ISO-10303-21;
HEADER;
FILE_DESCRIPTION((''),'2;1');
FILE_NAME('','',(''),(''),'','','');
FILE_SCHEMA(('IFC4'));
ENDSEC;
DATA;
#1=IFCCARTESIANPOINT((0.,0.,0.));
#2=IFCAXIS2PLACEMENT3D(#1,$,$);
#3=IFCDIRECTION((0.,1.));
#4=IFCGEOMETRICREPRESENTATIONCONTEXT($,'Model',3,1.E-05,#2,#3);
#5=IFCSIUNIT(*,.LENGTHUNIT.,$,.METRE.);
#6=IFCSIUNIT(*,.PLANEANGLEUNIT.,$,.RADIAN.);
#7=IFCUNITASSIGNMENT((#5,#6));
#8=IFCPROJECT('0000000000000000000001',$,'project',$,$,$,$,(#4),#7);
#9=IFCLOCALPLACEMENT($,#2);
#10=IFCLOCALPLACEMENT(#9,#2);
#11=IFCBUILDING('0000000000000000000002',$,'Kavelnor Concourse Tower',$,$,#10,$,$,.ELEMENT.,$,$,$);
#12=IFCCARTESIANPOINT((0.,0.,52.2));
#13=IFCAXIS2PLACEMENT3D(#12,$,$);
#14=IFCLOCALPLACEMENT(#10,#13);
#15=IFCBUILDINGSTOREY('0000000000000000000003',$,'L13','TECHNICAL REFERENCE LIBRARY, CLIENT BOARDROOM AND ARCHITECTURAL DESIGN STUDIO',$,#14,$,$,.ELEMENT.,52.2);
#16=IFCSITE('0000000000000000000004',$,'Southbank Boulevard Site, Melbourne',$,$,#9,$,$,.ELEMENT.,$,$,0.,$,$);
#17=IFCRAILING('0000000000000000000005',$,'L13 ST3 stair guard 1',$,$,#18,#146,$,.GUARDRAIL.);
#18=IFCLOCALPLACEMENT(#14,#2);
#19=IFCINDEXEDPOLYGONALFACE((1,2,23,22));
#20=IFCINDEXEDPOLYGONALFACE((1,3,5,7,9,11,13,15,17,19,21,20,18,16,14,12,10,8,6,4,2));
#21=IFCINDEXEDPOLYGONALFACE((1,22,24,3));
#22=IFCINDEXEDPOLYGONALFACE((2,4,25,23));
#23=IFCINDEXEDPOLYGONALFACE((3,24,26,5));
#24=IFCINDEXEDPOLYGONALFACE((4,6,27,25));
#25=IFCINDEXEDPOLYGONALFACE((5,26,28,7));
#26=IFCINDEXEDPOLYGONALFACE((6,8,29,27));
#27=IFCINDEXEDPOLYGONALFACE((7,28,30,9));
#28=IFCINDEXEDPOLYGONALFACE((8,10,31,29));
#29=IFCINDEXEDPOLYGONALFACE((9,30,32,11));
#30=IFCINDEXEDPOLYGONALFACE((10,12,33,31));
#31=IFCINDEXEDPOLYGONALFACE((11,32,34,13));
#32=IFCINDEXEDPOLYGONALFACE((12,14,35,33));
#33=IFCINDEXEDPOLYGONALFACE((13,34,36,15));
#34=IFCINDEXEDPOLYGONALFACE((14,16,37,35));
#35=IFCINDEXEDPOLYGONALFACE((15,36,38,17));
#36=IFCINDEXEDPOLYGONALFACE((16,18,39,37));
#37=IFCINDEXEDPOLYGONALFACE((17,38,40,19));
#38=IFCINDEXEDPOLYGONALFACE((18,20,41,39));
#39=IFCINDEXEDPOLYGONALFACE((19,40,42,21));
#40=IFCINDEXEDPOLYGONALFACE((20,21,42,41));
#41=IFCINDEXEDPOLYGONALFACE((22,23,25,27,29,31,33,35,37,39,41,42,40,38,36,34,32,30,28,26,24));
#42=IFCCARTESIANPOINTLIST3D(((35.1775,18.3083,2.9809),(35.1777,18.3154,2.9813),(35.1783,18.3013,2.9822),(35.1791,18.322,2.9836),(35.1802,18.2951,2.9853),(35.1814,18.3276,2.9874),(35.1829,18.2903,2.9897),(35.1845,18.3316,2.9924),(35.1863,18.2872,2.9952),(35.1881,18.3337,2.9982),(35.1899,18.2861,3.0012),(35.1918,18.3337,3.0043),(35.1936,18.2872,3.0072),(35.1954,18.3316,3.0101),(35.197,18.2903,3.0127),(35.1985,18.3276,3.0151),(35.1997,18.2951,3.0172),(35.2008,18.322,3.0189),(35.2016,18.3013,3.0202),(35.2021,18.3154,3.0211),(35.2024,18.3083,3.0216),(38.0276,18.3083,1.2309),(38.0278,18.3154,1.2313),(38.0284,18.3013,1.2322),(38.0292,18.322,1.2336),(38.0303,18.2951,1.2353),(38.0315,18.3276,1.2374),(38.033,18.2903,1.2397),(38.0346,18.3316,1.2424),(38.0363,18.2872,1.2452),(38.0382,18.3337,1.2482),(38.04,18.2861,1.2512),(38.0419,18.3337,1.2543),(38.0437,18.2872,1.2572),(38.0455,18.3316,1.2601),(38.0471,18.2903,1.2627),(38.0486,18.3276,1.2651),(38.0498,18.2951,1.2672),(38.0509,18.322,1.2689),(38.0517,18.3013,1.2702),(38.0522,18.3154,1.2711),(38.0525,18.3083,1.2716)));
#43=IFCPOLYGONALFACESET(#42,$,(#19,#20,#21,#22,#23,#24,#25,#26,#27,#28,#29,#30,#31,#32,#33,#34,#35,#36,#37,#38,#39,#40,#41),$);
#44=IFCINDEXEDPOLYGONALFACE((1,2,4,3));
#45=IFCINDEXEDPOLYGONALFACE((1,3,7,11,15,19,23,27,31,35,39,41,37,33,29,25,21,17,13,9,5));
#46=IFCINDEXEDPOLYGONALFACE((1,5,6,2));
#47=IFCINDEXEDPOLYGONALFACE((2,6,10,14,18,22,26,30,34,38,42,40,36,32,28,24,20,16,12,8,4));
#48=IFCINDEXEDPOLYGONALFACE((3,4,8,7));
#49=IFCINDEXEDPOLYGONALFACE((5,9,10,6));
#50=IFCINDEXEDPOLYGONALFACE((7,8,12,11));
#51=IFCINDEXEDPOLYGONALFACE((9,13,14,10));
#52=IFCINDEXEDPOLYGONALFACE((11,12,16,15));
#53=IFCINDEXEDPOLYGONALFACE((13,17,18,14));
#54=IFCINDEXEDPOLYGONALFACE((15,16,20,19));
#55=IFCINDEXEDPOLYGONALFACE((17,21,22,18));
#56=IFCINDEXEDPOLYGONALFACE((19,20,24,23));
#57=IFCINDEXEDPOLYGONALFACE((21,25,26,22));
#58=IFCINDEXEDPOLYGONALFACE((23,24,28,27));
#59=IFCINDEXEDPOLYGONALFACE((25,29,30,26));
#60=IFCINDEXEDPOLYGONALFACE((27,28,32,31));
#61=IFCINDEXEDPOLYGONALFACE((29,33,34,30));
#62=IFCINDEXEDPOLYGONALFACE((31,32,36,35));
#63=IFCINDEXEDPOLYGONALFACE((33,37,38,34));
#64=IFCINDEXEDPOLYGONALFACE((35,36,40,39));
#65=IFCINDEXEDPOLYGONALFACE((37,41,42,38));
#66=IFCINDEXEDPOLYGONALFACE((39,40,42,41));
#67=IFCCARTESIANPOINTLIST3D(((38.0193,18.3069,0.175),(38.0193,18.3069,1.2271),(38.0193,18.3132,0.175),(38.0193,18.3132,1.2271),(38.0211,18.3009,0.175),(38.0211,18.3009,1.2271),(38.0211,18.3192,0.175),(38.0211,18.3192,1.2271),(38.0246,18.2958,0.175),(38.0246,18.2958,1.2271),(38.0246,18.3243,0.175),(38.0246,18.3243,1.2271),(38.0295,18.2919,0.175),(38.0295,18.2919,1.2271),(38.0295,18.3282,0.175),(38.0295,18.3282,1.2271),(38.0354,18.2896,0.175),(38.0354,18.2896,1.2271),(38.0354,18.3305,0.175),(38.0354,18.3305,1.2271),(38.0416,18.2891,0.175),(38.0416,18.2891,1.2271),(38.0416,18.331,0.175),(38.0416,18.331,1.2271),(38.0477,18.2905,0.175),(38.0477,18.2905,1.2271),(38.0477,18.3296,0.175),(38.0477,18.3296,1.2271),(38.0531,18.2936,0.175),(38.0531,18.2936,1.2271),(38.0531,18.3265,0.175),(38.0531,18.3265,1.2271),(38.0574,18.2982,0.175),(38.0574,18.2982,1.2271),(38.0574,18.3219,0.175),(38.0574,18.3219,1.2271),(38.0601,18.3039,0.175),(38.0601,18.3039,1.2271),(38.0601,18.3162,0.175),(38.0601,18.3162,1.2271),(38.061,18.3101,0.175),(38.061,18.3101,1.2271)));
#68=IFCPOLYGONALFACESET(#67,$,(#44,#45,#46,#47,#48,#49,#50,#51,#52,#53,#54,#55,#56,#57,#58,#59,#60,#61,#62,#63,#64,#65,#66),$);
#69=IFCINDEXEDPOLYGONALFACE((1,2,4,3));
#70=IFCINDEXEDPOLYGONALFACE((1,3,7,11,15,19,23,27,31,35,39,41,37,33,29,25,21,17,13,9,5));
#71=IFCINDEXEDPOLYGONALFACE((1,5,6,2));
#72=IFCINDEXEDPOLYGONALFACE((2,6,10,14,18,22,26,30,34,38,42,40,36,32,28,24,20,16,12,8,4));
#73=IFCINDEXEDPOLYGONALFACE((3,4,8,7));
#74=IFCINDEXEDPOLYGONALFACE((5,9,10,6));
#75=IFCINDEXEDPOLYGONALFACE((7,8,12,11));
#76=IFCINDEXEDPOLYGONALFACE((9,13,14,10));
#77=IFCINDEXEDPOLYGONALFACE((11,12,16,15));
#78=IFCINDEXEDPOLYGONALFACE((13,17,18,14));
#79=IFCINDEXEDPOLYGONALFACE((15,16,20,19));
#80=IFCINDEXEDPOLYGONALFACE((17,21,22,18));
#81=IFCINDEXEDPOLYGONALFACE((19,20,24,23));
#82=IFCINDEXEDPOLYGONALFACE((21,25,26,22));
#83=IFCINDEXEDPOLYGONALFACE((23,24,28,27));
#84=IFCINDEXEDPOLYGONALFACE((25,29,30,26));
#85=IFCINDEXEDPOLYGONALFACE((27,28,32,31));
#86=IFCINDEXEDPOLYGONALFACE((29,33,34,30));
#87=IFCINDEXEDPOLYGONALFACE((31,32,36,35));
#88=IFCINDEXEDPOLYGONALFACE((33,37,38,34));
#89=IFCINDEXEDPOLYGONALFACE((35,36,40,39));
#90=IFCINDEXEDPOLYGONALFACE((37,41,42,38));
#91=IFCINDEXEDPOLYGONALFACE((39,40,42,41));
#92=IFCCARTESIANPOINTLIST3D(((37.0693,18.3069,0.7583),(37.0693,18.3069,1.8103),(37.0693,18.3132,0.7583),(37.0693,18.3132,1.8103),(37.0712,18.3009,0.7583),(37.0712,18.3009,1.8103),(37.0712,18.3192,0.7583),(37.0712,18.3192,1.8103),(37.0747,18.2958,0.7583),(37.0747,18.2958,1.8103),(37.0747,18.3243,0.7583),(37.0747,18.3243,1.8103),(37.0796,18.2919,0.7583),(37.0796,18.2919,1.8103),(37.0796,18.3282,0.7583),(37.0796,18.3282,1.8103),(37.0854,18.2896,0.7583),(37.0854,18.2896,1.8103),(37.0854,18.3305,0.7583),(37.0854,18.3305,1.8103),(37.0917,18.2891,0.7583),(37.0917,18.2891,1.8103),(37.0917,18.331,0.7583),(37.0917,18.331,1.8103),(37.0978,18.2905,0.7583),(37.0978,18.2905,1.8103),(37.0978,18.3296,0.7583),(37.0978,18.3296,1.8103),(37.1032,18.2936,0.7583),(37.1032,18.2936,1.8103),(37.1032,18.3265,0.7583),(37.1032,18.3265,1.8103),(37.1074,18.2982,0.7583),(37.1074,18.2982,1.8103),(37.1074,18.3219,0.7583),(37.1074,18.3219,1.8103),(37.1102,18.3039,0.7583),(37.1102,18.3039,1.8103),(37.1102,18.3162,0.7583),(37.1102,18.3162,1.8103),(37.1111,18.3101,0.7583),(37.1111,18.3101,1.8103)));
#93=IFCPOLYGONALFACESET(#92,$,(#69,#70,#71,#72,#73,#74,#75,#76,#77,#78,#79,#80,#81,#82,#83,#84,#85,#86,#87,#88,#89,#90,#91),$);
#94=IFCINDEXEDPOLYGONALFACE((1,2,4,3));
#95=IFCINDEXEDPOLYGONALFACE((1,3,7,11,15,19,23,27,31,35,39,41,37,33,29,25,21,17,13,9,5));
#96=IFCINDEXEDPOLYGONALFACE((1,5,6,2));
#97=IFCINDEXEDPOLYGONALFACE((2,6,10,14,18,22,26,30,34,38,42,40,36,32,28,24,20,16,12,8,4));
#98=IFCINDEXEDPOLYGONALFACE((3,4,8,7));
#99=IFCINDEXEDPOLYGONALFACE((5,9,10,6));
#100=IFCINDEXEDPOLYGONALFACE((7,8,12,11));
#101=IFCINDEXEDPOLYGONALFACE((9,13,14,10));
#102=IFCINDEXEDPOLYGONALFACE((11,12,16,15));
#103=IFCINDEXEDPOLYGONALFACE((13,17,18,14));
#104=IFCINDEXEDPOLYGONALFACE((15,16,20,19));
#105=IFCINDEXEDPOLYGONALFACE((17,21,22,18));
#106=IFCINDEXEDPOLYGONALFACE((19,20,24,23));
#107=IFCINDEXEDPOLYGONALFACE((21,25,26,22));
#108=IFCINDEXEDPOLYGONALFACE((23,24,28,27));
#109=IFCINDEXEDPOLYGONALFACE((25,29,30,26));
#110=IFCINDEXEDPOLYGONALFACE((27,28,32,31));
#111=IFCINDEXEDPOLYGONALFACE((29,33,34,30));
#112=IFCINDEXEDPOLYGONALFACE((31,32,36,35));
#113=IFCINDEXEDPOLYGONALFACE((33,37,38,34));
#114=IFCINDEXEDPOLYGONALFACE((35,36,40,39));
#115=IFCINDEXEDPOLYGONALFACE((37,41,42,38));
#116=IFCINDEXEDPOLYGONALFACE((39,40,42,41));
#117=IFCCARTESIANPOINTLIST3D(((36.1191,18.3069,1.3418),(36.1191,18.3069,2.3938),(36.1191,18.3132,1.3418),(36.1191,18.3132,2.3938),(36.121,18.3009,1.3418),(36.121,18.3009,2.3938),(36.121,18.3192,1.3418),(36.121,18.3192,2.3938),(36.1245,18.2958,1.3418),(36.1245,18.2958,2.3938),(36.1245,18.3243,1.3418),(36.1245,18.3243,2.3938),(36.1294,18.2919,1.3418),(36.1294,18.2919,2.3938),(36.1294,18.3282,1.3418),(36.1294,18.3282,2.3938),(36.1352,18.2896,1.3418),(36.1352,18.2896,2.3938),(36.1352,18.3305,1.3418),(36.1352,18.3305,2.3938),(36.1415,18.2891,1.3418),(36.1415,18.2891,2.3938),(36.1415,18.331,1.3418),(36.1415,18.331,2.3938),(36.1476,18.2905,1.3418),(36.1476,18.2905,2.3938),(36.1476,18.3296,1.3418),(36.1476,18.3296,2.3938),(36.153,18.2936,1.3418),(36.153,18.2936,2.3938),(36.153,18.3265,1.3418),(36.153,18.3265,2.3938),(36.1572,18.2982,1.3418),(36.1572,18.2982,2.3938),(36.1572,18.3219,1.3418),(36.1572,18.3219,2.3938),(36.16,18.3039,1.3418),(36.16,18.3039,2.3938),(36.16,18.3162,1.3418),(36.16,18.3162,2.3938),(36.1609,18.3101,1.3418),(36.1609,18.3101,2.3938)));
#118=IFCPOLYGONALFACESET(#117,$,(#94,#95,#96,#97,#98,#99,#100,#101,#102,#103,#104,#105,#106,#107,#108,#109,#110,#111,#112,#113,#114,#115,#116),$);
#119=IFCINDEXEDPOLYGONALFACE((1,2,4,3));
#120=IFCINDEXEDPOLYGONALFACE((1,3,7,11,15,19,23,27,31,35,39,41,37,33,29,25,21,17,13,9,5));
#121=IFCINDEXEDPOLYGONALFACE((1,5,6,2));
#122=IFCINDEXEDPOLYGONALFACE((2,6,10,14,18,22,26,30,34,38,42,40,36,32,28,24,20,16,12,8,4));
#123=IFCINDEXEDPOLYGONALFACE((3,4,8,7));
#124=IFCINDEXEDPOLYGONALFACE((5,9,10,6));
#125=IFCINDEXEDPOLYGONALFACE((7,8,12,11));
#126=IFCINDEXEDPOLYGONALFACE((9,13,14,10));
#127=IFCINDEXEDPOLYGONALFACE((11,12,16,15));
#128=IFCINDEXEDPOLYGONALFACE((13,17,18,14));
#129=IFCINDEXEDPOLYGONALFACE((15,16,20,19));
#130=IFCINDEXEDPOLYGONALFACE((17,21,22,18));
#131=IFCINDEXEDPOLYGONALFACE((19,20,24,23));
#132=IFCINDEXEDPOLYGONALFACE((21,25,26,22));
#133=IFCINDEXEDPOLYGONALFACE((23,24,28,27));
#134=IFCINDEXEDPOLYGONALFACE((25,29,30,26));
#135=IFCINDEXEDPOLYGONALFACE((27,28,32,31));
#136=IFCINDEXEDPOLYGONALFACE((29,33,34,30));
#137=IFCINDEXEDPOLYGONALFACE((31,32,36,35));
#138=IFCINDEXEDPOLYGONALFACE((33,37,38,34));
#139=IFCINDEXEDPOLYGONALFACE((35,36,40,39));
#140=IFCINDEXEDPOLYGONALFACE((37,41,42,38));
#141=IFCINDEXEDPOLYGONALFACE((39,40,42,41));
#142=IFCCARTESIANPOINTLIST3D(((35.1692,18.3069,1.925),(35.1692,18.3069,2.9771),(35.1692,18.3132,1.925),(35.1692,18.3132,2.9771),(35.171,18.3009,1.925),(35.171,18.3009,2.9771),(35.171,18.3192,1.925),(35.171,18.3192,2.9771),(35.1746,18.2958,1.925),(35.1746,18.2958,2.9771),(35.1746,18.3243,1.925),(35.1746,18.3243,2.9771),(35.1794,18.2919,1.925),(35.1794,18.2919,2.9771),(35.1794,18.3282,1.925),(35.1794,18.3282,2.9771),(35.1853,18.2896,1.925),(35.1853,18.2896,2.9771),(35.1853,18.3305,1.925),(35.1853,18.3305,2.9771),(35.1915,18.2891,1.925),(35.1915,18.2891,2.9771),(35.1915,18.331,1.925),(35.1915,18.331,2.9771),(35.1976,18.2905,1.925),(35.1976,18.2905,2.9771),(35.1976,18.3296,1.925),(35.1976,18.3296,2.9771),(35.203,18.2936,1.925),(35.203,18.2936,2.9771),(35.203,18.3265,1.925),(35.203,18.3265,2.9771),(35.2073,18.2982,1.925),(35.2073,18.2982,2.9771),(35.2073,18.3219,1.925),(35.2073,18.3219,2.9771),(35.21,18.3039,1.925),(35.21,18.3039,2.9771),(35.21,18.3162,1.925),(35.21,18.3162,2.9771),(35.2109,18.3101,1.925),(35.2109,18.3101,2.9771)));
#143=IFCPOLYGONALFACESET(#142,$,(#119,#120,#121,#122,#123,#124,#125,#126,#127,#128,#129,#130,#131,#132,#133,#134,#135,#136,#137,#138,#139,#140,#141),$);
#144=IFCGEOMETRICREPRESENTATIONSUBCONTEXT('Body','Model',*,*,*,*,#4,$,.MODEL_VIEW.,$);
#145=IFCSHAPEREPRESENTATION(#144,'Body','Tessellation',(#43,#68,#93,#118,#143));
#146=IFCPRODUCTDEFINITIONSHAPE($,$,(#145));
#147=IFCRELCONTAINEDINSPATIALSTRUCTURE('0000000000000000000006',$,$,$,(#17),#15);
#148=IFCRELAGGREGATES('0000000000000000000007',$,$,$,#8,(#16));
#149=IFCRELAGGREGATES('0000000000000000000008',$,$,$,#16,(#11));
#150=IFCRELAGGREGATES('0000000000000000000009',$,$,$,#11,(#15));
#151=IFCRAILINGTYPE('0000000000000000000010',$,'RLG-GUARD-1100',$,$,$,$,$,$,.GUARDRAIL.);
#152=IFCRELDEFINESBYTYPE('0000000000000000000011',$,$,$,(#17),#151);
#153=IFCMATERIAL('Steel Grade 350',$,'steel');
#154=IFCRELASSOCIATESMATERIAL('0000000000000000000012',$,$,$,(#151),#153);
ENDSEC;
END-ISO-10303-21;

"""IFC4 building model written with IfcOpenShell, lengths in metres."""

from ifc_helpers import new_model, si_unit, direction, frame, origin, origin_2d, place, context, subcontext, project, spatial, circle, extrude, material, type_object, element, save


model = new_model("IFC4")

# Units and contexts
model_context = context("Model", 3, precision=1e-05, world=origin(), true_north=direction((0.0, 1.0)))
body_context = subcontext(model_context, "Body", "Model", "MODEL_VIEW")
ifc_project = project(units=[si_unit("LENGTHUNIT", "METRE"), si_unit("PLANEANGLEUNIT", "RADIAN")], contexts=[model_context])

# Site, building, storey
site_placement = place(None, origin())
site = spatial("IfcSite", under=ifc_project, at=site_placement, Name="Southbank Boulevard Site, Melbourne", CompositionType="ELEMENT", RefElevation=0.0)
building_placement = place(site_placement, origin())
building = spatial("IfcBuilding", under=site, at=building_placement, Name="Kavelnor Concourse Tower", CompositionType="ELEMENT")
storey_placement = place(building_placement, frame((0.0, 0.0, 52.2)))
storey = spatial("IfcBuildingStorey", under=building, at=storey_placement, Name="L13", Description="TECHNICAL REFERENCE LIBRARY, CLIENT BOARDROOM AND ARCHITECTURAL DESIGN STUDIO", CompositionType="ELEMENT", Elevation=52.2)

# Shared definitions
ifc_material_1 = material(Name="Steel Grade 350", Category="steel")

# Railing
railing_type_1 = type_object("IfcRailingType", Name="RLG-GUARD-1100", PredefinedType="GUARDRAIL", material=ifc_material_1)
railing_1_placement = place(storey_placement, frame((38.04, 18.3101, 0.175)))
element("IfcRailing", 1, at=railing_1_placement, inside=storey, type_object=railing_type_1, Name="L13 ST3 stair guard 1", PredefinedType="GUARDRAIL", context=body_context, shape_type="SweptSolid", body=[
    extrude(circle(Radius=0.0239, at=origin_2d()), frame((0.0, 0.0, 1.0762), z_axis=(-0.852179, 0.0, 0.52325), x_axis=(0.0, -1.0, 0.0)), (0.0, 0.0, 1.0), 3.3445),
    extrude(circle(Radius=0.021, at=origin_2d()), origin(), (0.0, 0.0, 1.0), 1.052),
    extrude(circle(Radius=0.021, at=origin_2d()), frame((-0.95, 0.0, 0.5833)), (0.0, 0.0, 1.0), 1.052),
    extrude(circle(Radius=0.021, at=origin_2d()), frame((-1.9001, 0.0, 1.1667)), (0.0, 0.0, 1.0), 1.052),
    extrude(circle(Radius=0.021, at=origin_2d()), frame((-2.8501, 0.0, 1.75)), (0.0, 0.0, 1.0), 1.052),
])

save(model, "model.ifc")
